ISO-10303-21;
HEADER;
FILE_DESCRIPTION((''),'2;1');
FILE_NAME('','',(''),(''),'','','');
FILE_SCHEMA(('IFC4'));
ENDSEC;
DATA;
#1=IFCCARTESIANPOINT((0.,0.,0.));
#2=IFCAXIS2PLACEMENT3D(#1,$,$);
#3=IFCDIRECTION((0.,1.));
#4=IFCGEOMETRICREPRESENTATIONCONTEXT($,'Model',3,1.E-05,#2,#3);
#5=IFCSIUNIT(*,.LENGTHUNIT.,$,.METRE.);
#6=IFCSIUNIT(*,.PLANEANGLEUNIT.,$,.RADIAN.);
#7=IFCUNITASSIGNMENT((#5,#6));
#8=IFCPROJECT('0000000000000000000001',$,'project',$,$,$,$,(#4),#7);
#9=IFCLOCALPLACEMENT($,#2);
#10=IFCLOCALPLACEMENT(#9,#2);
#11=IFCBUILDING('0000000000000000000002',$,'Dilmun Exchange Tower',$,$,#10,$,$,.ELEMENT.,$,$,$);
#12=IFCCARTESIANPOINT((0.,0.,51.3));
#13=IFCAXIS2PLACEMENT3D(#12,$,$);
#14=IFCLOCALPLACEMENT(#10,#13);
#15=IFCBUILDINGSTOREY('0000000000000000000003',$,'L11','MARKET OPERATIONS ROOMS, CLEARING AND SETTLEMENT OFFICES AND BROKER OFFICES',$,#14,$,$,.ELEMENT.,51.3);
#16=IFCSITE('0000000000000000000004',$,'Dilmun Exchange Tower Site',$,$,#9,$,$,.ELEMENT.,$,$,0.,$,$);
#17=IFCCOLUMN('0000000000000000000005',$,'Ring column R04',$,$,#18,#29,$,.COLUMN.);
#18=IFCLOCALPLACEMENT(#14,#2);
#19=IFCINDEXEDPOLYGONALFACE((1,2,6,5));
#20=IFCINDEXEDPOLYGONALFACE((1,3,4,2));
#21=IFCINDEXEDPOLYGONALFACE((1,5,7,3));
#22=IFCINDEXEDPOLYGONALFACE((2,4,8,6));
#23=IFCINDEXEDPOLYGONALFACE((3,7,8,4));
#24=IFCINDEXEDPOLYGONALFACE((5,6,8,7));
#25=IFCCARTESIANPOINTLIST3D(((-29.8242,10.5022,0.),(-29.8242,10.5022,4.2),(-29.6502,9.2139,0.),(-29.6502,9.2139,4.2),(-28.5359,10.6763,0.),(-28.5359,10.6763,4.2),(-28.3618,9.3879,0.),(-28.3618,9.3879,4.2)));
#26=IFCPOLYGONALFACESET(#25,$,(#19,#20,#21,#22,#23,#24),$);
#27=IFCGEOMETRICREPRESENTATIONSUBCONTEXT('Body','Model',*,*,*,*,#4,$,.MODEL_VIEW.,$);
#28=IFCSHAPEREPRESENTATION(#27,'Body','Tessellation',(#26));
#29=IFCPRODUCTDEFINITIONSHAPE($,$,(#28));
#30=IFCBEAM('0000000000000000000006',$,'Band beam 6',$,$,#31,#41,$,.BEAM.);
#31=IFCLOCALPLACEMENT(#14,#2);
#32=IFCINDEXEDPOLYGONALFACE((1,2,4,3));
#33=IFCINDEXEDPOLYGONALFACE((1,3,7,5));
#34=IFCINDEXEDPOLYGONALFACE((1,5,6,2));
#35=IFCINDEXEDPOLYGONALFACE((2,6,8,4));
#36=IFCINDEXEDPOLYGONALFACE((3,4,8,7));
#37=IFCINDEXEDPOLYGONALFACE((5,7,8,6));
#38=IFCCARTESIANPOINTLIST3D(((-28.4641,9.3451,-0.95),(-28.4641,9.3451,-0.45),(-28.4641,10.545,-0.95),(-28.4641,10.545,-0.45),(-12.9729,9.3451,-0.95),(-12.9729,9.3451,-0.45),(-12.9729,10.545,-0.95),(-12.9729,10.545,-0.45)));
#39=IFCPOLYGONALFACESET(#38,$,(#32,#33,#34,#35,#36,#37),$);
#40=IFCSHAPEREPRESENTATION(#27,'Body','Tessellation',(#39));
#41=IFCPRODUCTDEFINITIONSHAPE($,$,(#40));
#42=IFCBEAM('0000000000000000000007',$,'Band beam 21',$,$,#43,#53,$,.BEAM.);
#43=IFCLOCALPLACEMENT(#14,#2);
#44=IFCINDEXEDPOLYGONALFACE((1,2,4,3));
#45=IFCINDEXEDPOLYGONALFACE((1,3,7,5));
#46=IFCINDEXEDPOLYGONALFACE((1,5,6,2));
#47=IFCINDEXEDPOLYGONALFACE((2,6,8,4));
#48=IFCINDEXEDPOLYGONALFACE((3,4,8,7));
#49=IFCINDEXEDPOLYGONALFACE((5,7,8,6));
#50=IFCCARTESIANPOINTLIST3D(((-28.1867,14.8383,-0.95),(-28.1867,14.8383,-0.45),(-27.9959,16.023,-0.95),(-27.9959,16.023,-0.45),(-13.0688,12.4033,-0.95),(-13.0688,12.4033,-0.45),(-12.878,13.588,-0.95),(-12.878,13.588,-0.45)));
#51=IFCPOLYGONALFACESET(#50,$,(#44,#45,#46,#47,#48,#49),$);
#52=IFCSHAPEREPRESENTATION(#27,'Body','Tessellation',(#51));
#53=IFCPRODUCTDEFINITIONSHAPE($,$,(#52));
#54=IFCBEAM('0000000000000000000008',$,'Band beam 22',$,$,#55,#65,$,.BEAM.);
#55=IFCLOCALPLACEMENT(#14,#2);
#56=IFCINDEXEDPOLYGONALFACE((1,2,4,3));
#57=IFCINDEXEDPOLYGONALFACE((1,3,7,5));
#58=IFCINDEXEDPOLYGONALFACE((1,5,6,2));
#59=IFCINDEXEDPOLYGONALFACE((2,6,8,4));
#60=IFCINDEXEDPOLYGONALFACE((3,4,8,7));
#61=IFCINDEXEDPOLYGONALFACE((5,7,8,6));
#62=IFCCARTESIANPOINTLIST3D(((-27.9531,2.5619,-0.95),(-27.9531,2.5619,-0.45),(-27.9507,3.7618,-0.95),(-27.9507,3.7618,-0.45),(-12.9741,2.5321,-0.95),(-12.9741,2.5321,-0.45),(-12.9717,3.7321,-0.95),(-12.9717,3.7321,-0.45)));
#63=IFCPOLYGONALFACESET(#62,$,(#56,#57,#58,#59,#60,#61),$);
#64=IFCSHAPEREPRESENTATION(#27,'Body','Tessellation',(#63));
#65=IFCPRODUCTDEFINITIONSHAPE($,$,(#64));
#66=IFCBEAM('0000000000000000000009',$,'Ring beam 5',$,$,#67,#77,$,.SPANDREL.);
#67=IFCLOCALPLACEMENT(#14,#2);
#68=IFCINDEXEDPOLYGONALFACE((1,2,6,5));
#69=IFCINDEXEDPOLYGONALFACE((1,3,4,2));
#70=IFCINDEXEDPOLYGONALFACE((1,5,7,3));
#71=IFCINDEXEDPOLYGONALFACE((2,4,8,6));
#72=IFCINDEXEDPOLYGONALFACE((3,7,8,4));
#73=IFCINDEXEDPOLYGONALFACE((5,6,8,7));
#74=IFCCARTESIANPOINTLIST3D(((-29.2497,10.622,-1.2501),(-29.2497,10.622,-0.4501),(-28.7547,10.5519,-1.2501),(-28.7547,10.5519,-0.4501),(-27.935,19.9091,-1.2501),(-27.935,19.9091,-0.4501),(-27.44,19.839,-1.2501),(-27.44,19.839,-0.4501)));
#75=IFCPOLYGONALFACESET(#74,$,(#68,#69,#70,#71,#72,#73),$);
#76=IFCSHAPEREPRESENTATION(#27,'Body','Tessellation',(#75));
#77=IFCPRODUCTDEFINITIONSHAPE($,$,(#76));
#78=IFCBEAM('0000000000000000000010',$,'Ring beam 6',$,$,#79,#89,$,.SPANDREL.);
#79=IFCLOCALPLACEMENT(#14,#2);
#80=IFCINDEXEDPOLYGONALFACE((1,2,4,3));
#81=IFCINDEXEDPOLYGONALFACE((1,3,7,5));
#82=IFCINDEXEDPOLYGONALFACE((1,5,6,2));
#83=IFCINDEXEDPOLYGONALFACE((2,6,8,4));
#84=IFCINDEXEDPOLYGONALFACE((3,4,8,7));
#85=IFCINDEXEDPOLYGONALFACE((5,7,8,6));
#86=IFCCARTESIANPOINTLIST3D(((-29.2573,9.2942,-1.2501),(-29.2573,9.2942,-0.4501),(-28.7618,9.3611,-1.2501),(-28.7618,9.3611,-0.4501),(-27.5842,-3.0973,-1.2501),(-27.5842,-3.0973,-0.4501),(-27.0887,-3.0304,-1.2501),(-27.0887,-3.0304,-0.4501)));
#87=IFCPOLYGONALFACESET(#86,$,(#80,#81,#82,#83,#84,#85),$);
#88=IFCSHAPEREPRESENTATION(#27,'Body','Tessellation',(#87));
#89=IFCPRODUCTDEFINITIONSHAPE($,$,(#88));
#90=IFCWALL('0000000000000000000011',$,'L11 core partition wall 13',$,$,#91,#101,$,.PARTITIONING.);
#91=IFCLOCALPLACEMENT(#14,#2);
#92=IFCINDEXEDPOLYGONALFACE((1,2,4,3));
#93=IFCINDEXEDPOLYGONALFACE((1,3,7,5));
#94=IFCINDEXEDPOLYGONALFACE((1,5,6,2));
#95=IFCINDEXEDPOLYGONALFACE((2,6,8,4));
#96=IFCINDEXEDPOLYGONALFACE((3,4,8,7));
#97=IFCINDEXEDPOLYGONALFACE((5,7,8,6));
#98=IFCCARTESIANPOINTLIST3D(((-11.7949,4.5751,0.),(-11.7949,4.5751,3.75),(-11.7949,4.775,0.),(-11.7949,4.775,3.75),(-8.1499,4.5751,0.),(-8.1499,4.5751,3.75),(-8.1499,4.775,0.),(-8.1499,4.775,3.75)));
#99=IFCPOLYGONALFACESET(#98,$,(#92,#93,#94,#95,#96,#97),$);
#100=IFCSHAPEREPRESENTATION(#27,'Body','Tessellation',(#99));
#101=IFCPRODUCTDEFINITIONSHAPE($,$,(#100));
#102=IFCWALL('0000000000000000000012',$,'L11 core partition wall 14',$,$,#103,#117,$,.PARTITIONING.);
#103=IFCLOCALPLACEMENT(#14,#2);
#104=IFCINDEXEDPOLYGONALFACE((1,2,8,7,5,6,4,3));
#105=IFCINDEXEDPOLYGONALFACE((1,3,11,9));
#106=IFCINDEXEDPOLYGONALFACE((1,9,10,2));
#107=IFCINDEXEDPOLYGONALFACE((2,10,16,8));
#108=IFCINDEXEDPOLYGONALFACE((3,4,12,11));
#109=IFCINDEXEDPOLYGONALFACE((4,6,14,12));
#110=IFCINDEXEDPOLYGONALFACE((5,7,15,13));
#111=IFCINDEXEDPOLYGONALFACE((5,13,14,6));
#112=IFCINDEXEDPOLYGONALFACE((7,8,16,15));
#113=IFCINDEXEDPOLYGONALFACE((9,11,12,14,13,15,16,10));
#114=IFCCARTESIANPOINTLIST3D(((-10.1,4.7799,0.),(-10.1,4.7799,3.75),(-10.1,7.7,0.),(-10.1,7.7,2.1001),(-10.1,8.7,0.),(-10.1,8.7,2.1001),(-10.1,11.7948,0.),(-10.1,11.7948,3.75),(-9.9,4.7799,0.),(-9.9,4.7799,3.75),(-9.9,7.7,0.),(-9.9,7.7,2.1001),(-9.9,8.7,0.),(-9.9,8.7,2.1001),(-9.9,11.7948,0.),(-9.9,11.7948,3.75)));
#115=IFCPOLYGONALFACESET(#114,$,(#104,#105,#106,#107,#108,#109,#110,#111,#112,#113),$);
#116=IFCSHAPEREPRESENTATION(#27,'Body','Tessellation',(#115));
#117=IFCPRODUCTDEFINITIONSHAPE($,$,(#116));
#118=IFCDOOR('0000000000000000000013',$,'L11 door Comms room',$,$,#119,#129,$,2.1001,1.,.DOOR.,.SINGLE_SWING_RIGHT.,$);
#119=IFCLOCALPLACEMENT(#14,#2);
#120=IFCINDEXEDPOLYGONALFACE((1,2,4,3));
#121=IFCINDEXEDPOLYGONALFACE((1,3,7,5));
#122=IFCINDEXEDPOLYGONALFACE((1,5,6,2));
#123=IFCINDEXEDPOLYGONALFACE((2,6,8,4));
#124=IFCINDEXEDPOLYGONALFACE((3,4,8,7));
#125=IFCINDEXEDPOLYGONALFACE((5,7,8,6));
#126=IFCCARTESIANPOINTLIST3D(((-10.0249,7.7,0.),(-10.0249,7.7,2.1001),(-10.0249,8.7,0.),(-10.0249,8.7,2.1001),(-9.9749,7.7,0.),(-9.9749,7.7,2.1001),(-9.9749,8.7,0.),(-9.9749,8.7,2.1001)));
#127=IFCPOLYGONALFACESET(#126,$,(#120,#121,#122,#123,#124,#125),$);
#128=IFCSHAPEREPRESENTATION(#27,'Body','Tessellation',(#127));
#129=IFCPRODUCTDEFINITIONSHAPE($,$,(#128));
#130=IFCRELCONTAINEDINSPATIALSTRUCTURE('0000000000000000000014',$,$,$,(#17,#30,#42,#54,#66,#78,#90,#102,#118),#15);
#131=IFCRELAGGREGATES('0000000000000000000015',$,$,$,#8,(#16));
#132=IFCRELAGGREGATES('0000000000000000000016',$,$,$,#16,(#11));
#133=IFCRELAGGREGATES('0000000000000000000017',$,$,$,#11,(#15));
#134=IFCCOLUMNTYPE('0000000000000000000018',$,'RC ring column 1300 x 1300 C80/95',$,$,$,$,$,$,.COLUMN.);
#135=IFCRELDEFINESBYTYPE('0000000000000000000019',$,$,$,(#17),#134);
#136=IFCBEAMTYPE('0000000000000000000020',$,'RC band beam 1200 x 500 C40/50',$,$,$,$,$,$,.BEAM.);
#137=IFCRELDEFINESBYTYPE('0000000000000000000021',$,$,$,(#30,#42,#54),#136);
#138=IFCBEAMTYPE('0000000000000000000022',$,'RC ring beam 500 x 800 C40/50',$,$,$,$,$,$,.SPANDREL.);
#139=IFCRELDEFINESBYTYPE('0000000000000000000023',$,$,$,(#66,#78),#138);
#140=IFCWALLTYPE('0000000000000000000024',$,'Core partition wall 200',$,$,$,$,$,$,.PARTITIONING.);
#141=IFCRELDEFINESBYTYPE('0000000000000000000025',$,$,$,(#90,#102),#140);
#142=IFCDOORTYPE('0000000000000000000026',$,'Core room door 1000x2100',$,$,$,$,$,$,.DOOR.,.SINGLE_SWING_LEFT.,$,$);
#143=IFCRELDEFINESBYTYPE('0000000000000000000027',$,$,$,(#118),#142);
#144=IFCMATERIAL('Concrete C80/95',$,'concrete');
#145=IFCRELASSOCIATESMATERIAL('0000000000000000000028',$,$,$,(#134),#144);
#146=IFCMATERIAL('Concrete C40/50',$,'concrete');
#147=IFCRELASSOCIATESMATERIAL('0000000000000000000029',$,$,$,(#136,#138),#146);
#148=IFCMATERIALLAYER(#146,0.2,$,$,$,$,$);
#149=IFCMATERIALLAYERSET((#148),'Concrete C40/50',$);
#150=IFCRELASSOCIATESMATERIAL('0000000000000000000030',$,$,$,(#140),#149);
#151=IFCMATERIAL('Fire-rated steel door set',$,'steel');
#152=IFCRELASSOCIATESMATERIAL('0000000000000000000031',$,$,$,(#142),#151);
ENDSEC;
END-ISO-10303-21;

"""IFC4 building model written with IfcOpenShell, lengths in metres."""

from ifc_helpers import new_model, si_unit, direction, frame, frame_2d, origin, origin_2d, place, context, subcontext, project, spatial, rectangle, extrude, material, layer, layer_set, material_profile, profile_set, type_object, element, fill, save


model = new_model("IFC4")

# Units and contexts
model_context = context("Model", 3, precision=1e-05, world=origin(), true_north=direction((0.0, 1.0)))
body_context = subcontext(model_context, "Body", "Model", "MODEL_VIEW")
ifc_project = project(units=[si_unit("LENGTHUNIT", "METRE"), si_unit("PLANEANGLEUNIT", "RADIAN")], contexts=[model_context])

# Site, building, storey
site_placement = place(None, origin())
site = spatial("IfcSite", under=ifc_project, at=site_placement, Name="Dilmun Exchange Tower Site", CompositionType="ELEMENT", RefElevation=0.0)
building_placement = place(site_placement, origin())
building = spatial("IfcBuilding", under=site, at=building_placement, Name="Dilmun Exchange Tower", CompositionType="ELEMENT")
storey_placement = place(building_placement, frame((0.0, 0.0, 51.3)))
storey = spatial("IfcBuildingStorey", under=building, at=storey_placement, Name="L11", Description="MARKET OPERATIONS ROOMS, CLEARING AND SETTLEMENT OFFICES AND BROKER OFFICES", CompositionType="ELEMENT", Elevation=51.3)

# Column
ifc_material_1 = material(Name="Concrete C80/95", Category="concrete")
ifc_material_profile_1 = material_profile(ifc_material_1, rectangle(XDim=1.3, YDim=1.3, at=origin_2d()), Name="1300 x 1300")
ifc_profile_set_1 = profile_set([ifc_material_profile_1], Name="Concrete C80/95")
column_type = type_object("IfcColumnType", Name="RC ring column 1300 x 1300 C80/95", PredefinedType="COLUMN", material=ifc_profile_set_1)
column_placement = place(storey_placement, frame((-29.093, 9.9451, 0.0), z_axis=(0.0, 0.0, 1.0), x_axis=(0.991001, 0.133853, 0.0)))
element("IfcColumn", 1, at=column_placement, inside=storey, type_object=column_type, Name="Ring column R04", PredefinedType="COLUMN", context=body_context, shape_type="SweptSolid", body=[
    extrude(rectangle(XDim=1.3, YDim=1.3, at=origin_2d()), origin(), (0.0, 0.0, 1.0), 4.2),
])

# Beams
ifc_material_2 = material(Name="Concrete C40/50", Category="concrete")
ifc_material_profile_2 = material_profile(ifc_material_2, rectangle(XDim=1.2, YDim=0.5, at=origin_2d()), Name="1200 x 500")
ifc_profile_set_2 = profile_set([ifc_material_profile_2], Name="Concrete C40/50")
beam_type_1 = type_object("IfcBeamType", Name="RC band beam 1200 x 500 C40/50", PredefinedType="BEAM", material=ifc_profile_set_2)
beam_1_placement = place(storey_placement, frame((-28.4641, 9.9451, -0.7), z_axis=(1.0, 0.0, 0.0), x_axis=(0.0, 1.0, 0.0)))
element("IfcBeam", 2, at=beam_1_placement, inside=storey, type_object=beam_type_1, Name="Band beam 6", PredefinedType="BEAM", context=body_context, shape_type="SweptSolid", body=[
    extrude(rectangle(XDim=1.2, YDim=0.5, at=origin_2d()), origin(), (0.0, 0.0, 1.0), 15.4912),
])
beam_2_placement = place(storey_placement, frame((-28.0913, 15.4307, -0.7), z_axis=(0.987275, -0.159021, 0.0), x_axis=(0.159021, 0.987275, 0.0)))
element("IfcBeam", 3, at=beam_2_placement, inside=storey, type_object=beam_type_1, Name="Band beam 21", PredefinedType="BEAM", context=body_context, shape_type="SweptSolid", body=[
    extrude(rectangle(XDim=1.2, YDim=0.5, at=origin_2d()), origin(), (0.0, 0.0, 1.0), 15.3127),
])
beam_3_placement = place(storey_placement, frame((-27.9519, 3.1619, -0.7), z_axis=(0.999998, -0.001988, 0.0), x_axis=(0.001988, 0.999998, 0.0)))
element("IfcBeam", 4, at=beam_3_placement, inside=storey, type_object=beam_type_1, Name="Band beam 22", PredefinedType="BEAM", context=body_context, shape_type="SweptSolid", body=[
    extrude(rectangle(XDim=1.2, YDim=0.5, at=origin_2d()), origin(), (0.0, 0.0, 1.0), 14.979),
])
ifc_material_profile_3 = material_profile(ifc_material_2, rectangle(XDim=0.5, YDim=0.8, at=origin_2d()), Name="500 x 800")
ifc_profile_set_3 = profile_set([ifc_material_profile_3], Name="Concrete C40/50")
beam_type_2 = type_object("IfcBeamType", Name="RC ring beam 500 x 800 C40/50", PredefinedType="SPANDREL", material=ifc_profile_set_3)
beam_4_placement = place(storey_placement, frame((-27.6875, 19.874, -0.8501), z_axis=(-0.140164, -0.990128, 0.0), x_axis=(0.990128, -0.140164, 0.0)))
element("IfcBeam", 5, at=beam_4_placement, inside=storey, type_object=beam_type_2, Name="Ring beam 5", PredefinedType="SPANDREL", context=body_context, shape_type="SweptSolid", body=[
    extrude(rectangle(XDim=0.5, YDim=0.8, at=origin_2d()), origin(), (0.0, 0.0, 1.0), 9.3796),
])
beam_5_placement = place(storey_placement, frame((-29.0095, 9.3276, -0.8501), z_axis=(0.133807, -0.991007, 0.0), x_axis=(0.991007, 0.133807, 0.0)))
element("IfcBeam", 6, at=beam_5_placement, inside=storey, type_object=beam_type_2, Name="Ring beam 6", PredefinedType="SPANDREL", context=body_context, shape_type="SweptSolid", body=[
    extrude(rectangle(XDim=0.5, YDim=0.8, at=origin_2d()), origin(), (0.0, 0.0, 1.0), 12.5039),
])

# Wall
ifc_layer_1 = layer(ifc_material_2, 0.2)
ifc_layer_set_1 = layer_set([ifc_layer_1], Name="Concrete C40/50")
wall_type_1 = type_object("IfcWallType", Name="Core partition wall 200", PredefinedType="PARTITIONING", material=ifc_layer_set_1)
wall_1_placement = place(storey_placement, frame((-11.7949, 4.675, 0.0), z_axis=(0.0, 0.0, 1.0), x_axis=(1.0, 0.0, 0.0)))
element("IfcWall", 7, at=wall_1_placement, inside=storey, type_object=wall_type_1, Name="L11 core partition wall 13", PredefinedType="PARTITIONING", context=body_context, shape_type="SweptSolid", body=[
    extrude(rectangle(XDim=3.645, YDim=0.2, at=frame_2d((1.8225, 0.0))), origin(), (0.0, 0.0, 1.0), 3.75),
])

# Wall, opening, door
wall_2_placement = place(storey_placement, frame((-10.0, 4.78, 0.0), z_axis=(0.0, 0.0, 1.0), x_axis=(0.0, 1.0, 0.0)))
wall_2 = element("IfcWall", 8, at=wall_2_placement, inside=storey, type_object=wall_type_1, Name="L11 core partition wall 14", PredefinedType="PARTITIONING", context=body_context, shape_type="SweptSolid", body=[
    extrude(rectangle(XDim=7.0149, YDim=0.2, at=frame_2d((3.5073, 0.0))), origin(), (0.0, 0.0, 1.0), 3.75),
])
opening_1_placement = place(wall_2_placement, frame((2.9199, 0.0, 0.0)))
opening_1 = element("IfcOpeningElement", 9, at=opening_1_placement, cuts=wall_2, PredefinedType="OPENING", context=body_context, shape_type="SweptSolid", body=[
    extrude(rectangle(XDim=1.0, YDim=2.1001, at=frame_2d((0.5, 1.05))), frame((0.0, 0.1099, 0.0), z_axis=(0.0, -1.0, 0.0), x_axis=(1.0, 0.0, 0.0)), (0.0, 0.0, 1.0), 0.22),
])
ifc_material_3 = material(Name="Fire-rated steel door set", Category="steel")
door_type_1 = type_object("IfcDoorType", Name="Core room door 1000x2100", OperationType="SINGLE_SWING_LEFT", PredefinedType="DOOR", material=ifc_material_3)
door_1_placement = place(opening_1_placement, origin())
door_1 = element("IfcDoor", 10, at=door_1_placement, inside=storey, type_object=door_type_1, Name="L11 door Comms room", OperationType="SINGLE_SWING_RIGHT", OverallHeight=2.1001, OverallWidth=1.0, PredefinedType="DOOR", context=body_context, shape_type="SweptSolid", body=[
    extrude(rectangle(XDim=1.0, YDim=2.1001, at=frame_2d((0.5, 1.05))), frame((0.0, 0.0249, 0.0), z_axis=(0.0, -1.0, 0.0), x_axis=(1.0, 0.0, 0.0)), (0.0, 0.0, 1.0), 0.05),
])
fill(opening_1, door_1)

save(model, "model.ifc")
